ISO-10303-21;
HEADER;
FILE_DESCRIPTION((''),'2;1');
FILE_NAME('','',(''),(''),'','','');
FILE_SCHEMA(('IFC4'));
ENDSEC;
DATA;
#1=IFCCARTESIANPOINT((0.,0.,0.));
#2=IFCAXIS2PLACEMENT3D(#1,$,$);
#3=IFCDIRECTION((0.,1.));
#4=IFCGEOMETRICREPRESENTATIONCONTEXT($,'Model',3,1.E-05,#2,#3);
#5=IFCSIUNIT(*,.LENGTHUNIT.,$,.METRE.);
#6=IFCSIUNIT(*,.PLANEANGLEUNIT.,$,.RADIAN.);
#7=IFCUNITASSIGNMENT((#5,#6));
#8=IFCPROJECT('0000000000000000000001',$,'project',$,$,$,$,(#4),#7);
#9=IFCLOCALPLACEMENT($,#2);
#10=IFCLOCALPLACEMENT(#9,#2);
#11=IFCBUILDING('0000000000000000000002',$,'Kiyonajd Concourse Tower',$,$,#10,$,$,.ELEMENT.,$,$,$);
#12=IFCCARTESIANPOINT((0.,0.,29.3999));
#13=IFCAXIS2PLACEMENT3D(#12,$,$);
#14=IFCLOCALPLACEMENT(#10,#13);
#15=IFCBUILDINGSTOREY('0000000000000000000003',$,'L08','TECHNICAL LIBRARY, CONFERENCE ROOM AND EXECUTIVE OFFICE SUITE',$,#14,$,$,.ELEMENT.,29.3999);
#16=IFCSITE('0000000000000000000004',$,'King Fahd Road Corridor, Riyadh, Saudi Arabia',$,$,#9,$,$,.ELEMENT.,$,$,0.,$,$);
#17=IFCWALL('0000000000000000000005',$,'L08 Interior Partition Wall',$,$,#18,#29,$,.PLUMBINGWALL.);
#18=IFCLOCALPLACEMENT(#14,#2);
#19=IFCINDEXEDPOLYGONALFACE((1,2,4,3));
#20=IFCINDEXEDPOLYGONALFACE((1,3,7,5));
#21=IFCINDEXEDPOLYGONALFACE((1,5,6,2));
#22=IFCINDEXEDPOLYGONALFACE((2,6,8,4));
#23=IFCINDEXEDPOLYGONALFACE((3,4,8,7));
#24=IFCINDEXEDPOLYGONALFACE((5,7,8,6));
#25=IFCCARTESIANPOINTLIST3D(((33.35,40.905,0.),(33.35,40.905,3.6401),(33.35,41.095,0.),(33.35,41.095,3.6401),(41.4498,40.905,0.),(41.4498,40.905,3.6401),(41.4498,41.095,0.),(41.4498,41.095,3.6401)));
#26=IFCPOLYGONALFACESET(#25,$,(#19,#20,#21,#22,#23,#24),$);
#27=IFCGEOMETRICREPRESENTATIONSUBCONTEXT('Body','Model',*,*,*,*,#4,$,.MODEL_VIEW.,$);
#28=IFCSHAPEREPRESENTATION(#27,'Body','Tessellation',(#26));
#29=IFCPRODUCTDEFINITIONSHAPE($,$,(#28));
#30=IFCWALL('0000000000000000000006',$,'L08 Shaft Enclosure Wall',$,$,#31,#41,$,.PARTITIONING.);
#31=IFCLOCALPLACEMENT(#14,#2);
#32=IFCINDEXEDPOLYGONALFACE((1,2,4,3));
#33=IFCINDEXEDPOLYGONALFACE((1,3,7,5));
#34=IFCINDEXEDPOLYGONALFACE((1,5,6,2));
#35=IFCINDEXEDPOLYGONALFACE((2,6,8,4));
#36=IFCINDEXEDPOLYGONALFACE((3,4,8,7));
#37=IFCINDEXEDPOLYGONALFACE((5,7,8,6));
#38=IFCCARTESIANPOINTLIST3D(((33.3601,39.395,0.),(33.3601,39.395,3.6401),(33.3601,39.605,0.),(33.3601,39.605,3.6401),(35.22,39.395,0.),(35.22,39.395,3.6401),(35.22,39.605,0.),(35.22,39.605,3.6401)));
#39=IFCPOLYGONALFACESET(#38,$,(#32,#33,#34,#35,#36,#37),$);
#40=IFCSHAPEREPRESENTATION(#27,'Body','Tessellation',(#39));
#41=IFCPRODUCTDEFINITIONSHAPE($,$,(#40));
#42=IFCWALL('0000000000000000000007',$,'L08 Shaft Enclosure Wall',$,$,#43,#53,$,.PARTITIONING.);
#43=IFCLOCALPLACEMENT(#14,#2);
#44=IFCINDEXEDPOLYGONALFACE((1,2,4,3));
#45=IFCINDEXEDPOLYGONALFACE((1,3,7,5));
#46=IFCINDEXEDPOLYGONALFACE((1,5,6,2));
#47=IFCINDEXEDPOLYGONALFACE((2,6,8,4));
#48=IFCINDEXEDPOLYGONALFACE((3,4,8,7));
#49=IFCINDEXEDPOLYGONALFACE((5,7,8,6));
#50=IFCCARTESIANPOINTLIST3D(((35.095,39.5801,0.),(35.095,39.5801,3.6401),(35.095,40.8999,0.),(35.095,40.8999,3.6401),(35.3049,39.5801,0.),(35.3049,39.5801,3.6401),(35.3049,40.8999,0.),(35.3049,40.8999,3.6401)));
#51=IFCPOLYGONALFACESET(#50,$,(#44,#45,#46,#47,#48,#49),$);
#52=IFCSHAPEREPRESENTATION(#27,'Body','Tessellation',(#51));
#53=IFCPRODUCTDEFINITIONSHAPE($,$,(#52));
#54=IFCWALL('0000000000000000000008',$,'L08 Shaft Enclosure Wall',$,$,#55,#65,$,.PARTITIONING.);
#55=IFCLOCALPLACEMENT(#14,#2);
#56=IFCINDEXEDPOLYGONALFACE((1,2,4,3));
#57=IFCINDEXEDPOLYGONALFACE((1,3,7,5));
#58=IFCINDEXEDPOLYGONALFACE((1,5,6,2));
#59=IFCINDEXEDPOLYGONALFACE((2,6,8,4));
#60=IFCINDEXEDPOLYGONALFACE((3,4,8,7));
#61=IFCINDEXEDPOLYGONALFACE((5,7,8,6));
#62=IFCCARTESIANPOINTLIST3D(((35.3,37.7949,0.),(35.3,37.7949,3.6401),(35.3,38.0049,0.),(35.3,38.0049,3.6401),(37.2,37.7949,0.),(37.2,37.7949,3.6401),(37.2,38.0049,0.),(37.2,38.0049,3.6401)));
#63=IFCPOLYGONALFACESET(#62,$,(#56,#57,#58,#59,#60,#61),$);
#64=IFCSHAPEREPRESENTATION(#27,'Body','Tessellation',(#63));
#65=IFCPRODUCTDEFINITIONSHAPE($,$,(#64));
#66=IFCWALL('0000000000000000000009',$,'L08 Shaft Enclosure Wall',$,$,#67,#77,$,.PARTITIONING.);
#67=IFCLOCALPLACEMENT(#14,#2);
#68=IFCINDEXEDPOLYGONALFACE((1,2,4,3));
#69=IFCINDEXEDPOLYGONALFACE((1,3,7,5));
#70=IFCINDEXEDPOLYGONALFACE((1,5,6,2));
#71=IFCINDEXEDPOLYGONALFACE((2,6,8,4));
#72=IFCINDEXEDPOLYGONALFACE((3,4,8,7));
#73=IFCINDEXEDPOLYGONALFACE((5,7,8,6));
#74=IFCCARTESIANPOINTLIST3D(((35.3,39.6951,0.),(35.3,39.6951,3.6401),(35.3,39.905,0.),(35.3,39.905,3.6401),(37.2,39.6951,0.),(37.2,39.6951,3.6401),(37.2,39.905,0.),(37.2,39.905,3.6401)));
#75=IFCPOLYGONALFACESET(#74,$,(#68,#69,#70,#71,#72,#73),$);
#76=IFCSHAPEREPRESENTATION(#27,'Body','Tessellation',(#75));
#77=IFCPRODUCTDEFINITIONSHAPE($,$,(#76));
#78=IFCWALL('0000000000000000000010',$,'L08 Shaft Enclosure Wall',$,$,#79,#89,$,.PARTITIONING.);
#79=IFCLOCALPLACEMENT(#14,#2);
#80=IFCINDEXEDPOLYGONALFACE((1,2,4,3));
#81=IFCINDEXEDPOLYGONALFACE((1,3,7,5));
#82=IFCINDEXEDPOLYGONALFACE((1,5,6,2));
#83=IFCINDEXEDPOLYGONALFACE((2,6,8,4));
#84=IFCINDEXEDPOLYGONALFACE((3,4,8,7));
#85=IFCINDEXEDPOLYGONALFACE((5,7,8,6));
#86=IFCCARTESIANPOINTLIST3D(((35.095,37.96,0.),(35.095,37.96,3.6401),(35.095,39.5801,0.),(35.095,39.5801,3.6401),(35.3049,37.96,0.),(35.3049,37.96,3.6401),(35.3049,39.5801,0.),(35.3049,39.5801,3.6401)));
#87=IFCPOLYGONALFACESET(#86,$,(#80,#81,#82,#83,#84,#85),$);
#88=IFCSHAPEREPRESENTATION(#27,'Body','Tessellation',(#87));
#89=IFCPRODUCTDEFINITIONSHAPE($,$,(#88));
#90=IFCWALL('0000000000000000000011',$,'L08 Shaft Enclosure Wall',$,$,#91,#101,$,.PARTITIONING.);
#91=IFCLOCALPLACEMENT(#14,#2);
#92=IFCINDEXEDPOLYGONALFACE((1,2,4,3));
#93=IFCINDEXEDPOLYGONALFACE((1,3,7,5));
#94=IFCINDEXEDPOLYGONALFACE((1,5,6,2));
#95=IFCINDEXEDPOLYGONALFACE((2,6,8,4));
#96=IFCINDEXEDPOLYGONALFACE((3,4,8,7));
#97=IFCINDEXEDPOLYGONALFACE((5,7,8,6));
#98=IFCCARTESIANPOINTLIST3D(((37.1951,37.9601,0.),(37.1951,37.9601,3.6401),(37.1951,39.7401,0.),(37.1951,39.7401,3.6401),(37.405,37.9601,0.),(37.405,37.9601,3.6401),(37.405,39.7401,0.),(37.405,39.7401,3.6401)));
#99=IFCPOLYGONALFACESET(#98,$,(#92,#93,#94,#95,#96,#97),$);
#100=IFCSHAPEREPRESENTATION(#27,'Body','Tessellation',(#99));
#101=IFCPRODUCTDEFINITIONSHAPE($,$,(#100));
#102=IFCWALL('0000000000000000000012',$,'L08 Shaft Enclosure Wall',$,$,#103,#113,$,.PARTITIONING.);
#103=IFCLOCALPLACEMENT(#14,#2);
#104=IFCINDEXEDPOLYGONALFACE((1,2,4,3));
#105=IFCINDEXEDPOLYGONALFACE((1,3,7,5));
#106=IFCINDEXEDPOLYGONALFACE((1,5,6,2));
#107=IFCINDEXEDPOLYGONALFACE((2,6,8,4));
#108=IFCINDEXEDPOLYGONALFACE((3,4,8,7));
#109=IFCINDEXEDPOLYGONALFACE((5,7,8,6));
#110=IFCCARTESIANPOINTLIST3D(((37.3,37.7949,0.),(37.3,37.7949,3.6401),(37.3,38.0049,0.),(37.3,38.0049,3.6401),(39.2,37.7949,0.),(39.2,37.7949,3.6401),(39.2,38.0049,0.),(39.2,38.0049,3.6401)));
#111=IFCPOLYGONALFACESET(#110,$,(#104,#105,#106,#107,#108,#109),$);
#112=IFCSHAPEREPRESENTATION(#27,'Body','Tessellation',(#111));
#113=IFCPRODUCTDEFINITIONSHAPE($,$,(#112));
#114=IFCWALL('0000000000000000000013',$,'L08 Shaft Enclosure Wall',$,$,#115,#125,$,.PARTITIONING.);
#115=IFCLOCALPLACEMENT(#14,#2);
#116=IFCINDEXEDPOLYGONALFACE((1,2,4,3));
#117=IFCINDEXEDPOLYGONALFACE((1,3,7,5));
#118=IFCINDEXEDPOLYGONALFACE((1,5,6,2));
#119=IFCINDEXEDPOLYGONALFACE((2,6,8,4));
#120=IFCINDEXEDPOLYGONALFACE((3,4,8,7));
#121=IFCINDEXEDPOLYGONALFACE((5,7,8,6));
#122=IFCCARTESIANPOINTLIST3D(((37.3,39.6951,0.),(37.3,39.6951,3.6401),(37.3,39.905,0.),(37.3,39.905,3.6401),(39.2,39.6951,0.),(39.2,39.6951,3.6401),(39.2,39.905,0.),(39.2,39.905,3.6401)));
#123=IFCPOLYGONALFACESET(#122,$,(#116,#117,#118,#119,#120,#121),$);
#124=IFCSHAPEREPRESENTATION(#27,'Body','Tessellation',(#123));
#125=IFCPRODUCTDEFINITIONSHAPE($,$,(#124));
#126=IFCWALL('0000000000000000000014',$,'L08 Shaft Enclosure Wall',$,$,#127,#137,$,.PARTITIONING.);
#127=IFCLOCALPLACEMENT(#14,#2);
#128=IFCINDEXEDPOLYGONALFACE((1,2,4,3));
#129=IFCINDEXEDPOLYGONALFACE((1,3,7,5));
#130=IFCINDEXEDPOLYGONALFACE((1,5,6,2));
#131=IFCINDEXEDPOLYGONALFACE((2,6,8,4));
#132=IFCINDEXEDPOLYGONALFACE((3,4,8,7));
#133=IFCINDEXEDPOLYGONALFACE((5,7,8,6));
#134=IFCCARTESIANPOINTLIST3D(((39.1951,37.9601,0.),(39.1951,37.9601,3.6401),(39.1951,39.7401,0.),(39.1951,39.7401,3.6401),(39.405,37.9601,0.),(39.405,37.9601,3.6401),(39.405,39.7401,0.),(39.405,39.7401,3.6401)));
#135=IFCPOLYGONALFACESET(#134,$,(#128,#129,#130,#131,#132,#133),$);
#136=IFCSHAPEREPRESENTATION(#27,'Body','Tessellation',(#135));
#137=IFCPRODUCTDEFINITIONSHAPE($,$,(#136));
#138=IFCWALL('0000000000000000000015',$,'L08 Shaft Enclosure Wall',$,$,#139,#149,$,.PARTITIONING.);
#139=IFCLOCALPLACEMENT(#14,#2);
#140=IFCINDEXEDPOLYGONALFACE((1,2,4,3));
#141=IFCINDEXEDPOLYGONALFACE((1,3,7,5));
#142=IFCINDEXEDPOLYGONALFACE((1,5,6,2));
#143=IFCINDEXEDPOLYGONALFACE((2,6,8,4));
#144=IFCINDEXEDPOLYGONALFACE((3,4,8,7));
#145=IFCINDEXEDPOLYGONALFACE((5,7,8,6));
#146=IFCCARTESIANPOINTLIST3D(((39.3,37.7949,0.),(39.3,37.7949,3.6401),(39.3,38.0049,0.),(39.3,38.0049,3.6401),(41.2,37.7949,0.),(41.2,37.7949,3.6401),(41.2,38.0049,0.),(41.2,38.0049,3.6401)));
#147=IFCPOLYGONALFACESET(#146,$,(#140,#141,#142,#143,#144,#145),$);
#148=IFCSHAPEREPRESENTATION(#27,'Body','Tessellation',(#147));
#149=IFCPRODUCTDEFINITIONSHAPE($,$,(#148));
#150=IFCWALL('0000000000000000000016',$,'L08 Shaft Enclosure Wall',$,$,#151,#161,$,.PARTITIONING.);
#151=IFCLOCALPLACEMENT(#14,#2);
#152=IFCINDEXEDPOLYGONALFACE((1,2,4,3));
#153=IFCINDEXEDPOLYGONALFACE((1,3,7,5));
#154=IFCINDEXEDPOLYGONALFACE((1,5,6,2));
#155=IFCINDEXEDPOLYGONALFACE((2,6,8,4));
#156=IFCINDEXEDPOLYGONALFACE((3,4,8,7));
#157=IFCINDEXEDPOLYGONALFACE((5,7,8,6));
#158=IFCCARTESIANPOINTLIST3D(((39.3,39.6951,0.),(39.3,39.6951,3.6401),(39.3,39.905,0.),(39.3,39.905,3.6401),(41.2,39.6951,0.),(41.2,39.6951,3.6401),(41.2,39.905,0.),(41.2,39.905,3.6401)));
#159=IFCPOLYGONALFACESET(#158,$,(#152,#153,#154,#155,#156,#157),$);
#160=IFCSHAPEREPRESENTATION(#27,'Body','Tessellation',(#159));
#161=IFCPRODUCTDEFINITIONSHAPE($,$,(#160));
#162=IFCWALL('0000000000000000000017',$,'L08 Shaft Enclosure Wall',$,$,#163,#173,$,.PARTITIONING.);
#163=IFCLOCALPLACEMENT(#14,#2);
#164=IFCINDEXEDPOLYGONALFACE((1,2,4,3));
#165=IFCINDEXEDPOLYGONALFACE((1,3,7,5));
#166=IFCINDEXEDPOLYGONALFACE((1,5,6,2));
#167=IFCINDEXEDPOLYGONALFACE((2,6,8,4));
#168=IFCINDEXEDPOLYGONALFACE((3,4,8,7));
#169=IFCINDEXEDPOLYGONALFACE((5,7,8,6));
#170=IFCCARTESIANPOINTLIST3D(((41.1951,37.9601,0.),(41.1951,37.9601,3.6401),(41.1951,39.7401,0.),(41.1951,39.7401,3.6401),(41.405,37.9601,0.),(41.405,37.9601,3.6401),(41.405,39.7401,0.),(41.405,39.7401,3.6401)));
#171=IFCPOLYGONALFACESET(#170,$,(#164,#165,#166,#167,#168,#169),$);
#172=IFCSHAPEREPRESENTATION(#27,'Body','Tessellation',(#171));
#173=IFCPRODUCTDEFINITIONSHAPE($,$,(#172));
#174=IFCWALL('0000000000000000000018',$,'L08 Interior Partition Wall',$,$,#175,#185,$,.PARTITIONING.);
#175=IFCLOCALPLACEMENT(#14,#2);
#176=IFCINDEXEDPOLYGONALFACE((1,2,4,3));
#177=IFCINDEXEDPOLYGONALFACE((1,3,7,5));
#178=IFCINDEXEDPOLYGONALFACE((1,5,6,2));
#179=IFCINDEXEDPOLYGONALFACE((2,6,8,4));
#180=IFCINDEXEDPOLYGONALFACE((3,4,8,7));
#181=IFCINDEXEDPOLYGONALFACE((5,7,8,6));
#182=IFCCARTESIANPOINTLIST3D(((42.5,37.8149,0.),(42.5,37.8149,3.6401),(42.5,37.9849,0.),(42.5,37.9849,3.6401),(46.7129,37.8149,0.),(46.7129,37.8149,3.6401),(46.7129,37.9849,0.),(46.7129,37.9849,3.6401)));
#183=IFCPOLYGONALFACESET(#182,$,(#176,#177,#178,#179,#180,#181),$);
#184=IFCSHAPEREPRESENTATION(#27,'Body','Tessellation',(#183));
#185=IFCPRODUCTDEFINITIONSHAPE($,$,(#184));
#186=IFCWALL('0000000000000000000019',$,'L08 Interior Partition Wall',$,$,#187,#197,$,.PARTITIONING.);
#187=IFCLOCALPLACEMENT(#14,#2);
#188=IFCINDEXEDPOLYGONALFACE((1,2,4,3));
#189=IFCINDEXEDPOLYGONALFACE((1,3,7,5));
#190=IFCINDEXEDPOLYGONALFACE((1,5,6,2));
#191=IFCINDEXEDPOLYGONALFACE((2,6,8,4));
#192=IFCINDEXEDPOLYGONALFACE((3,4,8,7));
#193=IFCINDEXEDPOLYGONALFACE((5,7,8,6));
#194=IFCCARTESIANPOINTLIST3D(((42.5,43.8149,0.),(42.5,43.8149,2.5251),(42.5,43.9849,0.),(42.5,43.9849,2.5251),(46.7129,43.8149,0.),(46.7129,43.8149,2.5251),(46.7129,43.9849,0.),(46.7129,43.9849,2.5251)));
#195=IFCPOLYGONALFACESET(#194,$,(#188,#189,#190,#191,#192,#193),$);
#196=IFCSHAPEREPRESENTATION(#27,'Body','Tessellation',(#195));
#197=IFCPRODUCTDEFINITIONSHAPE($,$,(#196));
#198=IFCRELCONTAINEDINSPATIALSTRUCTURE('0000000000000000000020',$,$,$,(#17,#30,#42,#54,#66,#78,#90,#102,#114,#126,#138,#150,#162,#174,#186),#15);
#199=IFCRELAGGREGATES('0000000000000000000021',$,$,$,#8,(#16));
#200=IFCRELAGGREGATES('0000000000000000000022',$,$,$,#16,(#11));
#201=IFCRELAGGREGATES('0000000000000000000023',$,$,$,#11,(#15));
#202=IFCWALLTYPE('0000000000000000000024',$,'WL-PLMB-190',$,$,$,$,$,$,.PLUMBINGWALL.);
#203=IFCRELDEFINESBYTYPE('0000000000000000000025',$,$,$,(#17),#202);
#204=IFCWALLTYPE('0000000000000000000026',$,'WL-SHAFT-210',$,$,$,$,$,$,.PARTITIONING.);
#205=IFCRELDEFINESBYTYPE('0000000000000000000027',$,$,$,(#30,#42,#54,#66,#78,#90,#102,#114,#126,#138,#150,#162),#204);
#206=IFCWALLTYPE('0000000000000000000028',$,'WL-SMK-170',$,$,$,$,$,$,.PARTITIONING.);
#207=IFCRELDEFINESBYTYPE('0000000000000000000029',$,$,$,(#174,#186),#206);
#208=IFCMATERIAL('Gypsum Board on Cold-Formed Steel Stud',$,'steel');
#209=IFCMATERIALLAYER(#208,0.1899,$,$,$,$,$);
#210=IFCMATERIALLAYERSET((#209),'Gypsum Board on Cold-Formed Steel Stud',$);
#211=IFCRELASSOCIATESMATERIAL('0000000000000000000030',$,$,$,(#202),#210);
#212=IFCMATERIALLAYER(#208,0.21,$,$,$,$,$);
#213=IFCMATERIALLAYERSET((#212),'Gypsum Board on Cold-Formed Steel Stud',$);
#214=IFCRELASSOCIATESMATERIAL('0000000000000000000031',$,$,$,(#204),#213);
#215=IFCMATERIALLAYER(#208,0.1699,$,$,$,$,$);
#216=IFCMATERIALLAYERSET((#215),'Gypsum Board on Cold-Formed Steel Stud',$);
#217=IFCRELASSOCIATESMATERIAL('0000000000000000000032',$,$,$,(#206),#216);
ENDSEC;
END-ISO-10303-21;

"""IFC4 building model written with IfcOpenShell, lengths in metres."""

from ifc_helpers import new_model, si_unit, direction, frame, frame_2d, origin, place, context, subcontext, project, spatial, rectangle, extrude, material, layer, layer_set, type_object, element, save


model = new_model("IFC4")

# Units and contexts
model_context = context("Model", 3, precision=1e-05, world=origin(), true_north=direction((0.0, 1.0)))
body_context = subcontext(model_context, "Body", "Model", "MODEL_VIEW")
ifc_project = project(units=[si_unit("LENGTHUNIT", "METRE"), si_unit("PLANEANGLEUNIT", "RADIAN")], contexts=[model_context])

# Site, building, storey
site_placement = place(None, origin())
site = spatial("IfcSite", under=ifc_project, at=site_placement, Name="King Fahd Road Corridor, Riyadh, Saudi Arabia", CompositionType="ELEMENT", RefElevation=0.0)
building_placement = place(site_placement, origin())
building = spatial("IfcBuilding", under=site, at=building_placement, Name="Kiyonajd Concourse Tower", CompositionType="ELEMENT")
storey_placement = place(building_placement, frame((0.0, 0.0, 29.3999)))
storey = spatial("IfcBuildingStorey", under=building, at=storey_placement, Name="L08", Description="TECHNICAL LIBRARY, CONFERENCE ROOM AND EXECUTIVE OFFICE SUITE", CompositionType="ELEMENT", Elevation=29.3999)

# Walls
ifc_material_1 = material(Name="Gypsum Board on Cold-Formed Steel Stud", Category="steel")
ifc_layer_1 = layer(ifc_material_1, 0.1899)
ifc_layer_set_1 = layer_set([ifc_layer_1], Name="Gypsum Board on Cold-Formed Steel Stud")
wall_type_1 = type_object("IfcWallType", Name="WL-PLMB-190", PredefinedType="PLUMBINGWALL", material=ifc_layer_set_1)
wall_1_placement = place(storey_placement, frame((33.3501, 41.0, 0.0), z_axis=(0.0, 0.0, 1.0), x_axis=(1.0, 0.0, 0.0)))
element("IfcWall", 1, at=wall_1_placement, inside=storey, type_object=wall_type_1, Name="L08 Interior Partition Wall", PredefinedType="PLUMBINGWALL", context=body_context, shape_type="SweptSolid", body=[
    extrude(rectangle(XDim=8.0999, YDim=0.1899, at=frame_2d((4.0498, 0.0))), origin(), (0.0, 0.0, 1.0), 3.6401),
])
ifc_layer_2 = layer(ifc_material_1, 0.21)
ifc_layer_set_2 = layer_set([ifc_layer_2], Name="Gypsum Board on Cold-Formed Steel Stud")
wall_type_2 = type_object("IfcWallType", Name="WL-SHAFT-210", PredefinedType="PARTITIONING", material=ifc_layer_set_2)
wall_2_placement = place(storey_placement, frame((33.3601, 39.5, 0.0), z_axis=(0.0, 0.0, 1.0), x_axis=(1.0, 0.0, 0.0)))
element("IfcWall", 2, at=wall_2_placement, inside=storey, type_object=wall_type_2, Name="L08 Shaft Enclosure Wall", PredefinedType="PARTITIONING", context=body_context, shape_type="SweptSolid", body=[
    extrude(rectangle(XDim=1.8599, YDim=0.21, at=frame_2d((0.9299, 0.0))), origin(), (0.0, 0.0, 1.0), 3.6401),
])
wall_3_placement = place(storey_placement, frame((35.2, 39.5801, 0.0), z_axis=(0.0, 0.0, 1.0), x_axis=(0.0, 1.0, 0.0)))
element("IfcWall", 3, at=wall_3_placement, inside=storey, type_object=wall_type_2, Name="L08 Shaft Enclosure Wall", PredefinedType="PARTITIONING", context=body_context, shape_type="SweptSolid", body=[
    extrude(rectangle(XDim=1.3198, YDim=0.21, at=frame_2d((0.6599, 0.0))), origin(), (0.0, 0.0, 1.0), 3.6401),
])
for number, where, z_axis, x_axis, name in (
    (4, (35.3, 37.8999, 0.0), (0.0, 0.0, 1.0), (1.0, 0.0, 0.0), "L08 Shaft Enclosure Wall"),
    (5, (35.3, 39.8, 0.0), (0.0, 0.0, 1.0), (1.0, 0.0, 0.0), "L08 Shaft Enclosure Wall"),
):
    element("IfcWall", number, at=place(storey_placement, frame(where, z_axis=z_axis, x_axis=x_axis)), inside=storey, type_object=wall_type_2, Name=name, PredefinedType="PARTITIONING", context=body_context, shape_type="SweptSolid", body=[
        extrude(rectangle(XDim=1.8999, YDim=0.21, at=frame_2d((0.95, 0.0))), origin(), (0.0, 0.0, 1.0), 3.6401),
    ])
wall_4_placement = place(storey_placement, frame((35.2, 37.96, 0.0), z_axis=(0.0, 0.0, 1.0), x_axis=(0.0, 1.0, 0.0)))
element("IfcWall", 6, at=wall_4_placement, inside=storey, type_object=wall_type_2, Name="L08 Shaft Enclosure Wall", PredefinedType="PARTITIONING", context=body_context, shape_type="SweptSolid", body=[
    extrude(rectangle(XDim=1.6201, YDim=0.21, at=frame_2d((0.8101, 0.0))), origin(), (0.0, 0.0, 1.0), 3.6401),
])
wall_5_placement = place(storey_placement, frame((37.3, 37.96, 0.0), z_axis=(0.0, 0.0, 1.0), x_axis=(0.0, 1.0, 0.0)))
element("IfcWall", 7, at=wall_5_placement, inside=storey, type_object=wall_type_2, Name="L08 Shaft Enclosure Wall", PredefinedType="PARTITIONING", context=body_context, shape_type="SweptSolid", body=[
    extrude(rectangle(XDim=1.78, YDim=0.21, at=frame_2d((0.8901, 0.0))), origin(), (0.0, 0.0, 1.0), 3.6401),
])
for number, where, z_axis, x_axis, name in (
    (8, (37.3, 37.8999, 0.0), (0.0, 0.0, 1.0), (1.0, 0.0, 0.0), "L08 Shaft Enclosure Wall"),
    (9, (37.3, 39.8, 0.0), (0.0, 0.0, 1.0), (1.0, 0.0, 0.0), "L08 Shaft Enclosure Wall"),
):
    element("IfcWall", number, at=place(storey_placement, frame(where, z_axis=z_axis, x_axis=x_axis)), inside=storey, type_object=wall_type_2, Name=name, PredefinedType="PARTITIONING", context=body_context, shape_type="SweptSolid", body=[
        extrude(rectangle(XDim=1.8999, YDim=0.21, at=frame_2d((0.95, 0.0))), origin(), (0.0, 0.0, 1.0), 3.6401),
    ])
wall_6_placement = place(storey_placement, frame((39.3, 37.96, 0.0), z_axis=(0.0, 0.0, 1.0), x_axis=(0.0, 1.0, 0.0)))
element("IfcWall", 10, at=wall_6_placement, inside=storey, type_object=wall_type_2, Name="L08 Shaft Enclosure Wall", PredefinedType="PARTITIONING", context=body_context, shape_type="SweptSolid", body=[
    extrude(rectangle(XDim=1.78, YDim=0.21, at=frame_2d((0.8901, 0.0))), origin(), (0.0, 0.0, 1.0), 3.6401),
])
for number, where, z_axis, x_axis, name in (
    (11, (39.3, 37.8999, 0.0), (0.0, 0.0, 1.0), (1.0, 0.0, 0.0), "L08 Shaft Enclosure Wall"),
    (12, (39.3, 39.8, 0.0), (0.0, 0.0, 1.0), (1.0, 0.0, 0.0), "L08 Shaft Enclosure Wall"),
):
    element("IfcWall", number, at=place(storey_placement, frame(where, z_axis=z_axis, x_axis=x_axis)), inside=storey, type_object=wall_type_2, Name=name, PredefinedType="PARTITIONING", context=body_context, shape_type="SweptSolid", body=[
        extrude(rectangle(XDim=1.8999, YDim=0.21, at=frame_2d((0.95, 0.0))), origin(), (0.0, 0.0, 1.0), 3.6401),
    ])
wall_7_placement = place(storey_placement, frame((41.3, 37.96, 0.0), z_axis=(0.0, 0.0, 1.0), x_axis=(0.0, 1.0, 0.0)))
element("IfcWall", 13, at=wall_7_placement, inside=storey, type_object=wall_type_2, Name="L08 Shaft Enclosure Wall", PredefinedType="PARTITIONING", context=body_context, shape_type="SweptSolid", body=[
    extrude(rectangle(XDim=1.78, YDim=0.21, at=frame_2d((0.8901, 0.0))), origin(), (0.0, 0.0, 1.0), 3.6401),
])
ifc_layer_3 = layer(ifc_material_1, 0.1699)
ifc_layer_set_3 = layer_set([ifc_layer_3], Name="Gypsum Board on Cold-Formed Steel Stud")
wall_type_3 = type_object("IfcWallType", Name="WL-SMK-170", PredefinedType="PARTITIONING", material=ifc_layer_set_3)
wall_8_placement = place(storey_placement, frame((42.5, 37.8999, 0.0), z_axis=(0.0, 0.0, 1.0), x_axis=(1.0, 0.0, 0.0)))
element("IfcWall", 14, at=wall_8_placement, inside=storey, type_object=wall_type_3, Name="L08 Interior Partition Wall", PredefinedType="PARTITIONING", context=body_context, shape_type="SweptSolid", body=[
    extrude(rectangle(XDim=4.2129, YDim=0.1699, at=frame_2d((2.1064, 0.0))), origin(), (0.0, 0.0, 1.0), 3.6401),
])
wall_9_placement = place(storey_placement, frame((42.5, 43.8999, 0.0), z_axis=(0.0, 0.0, 1.0), x_axis=(1.0, 0.0, 0.0)))
element("IfcWall", 15, at=wall_9_placement, inside=storey, type_object=wall_type_3, Name="L08 Interior Partition Wall", PredefinedType="PARTITIONING", context=body_context, shape_type="SweptSolid", body=[
    extrude(rectangle(XDim=4.2129, YDim=0.1699, at=frame_2d((2.1064, 0.0))), origin(), (0.0, 0.0, 1.0), 2.5251),
])

save(model, "model.ifc")
